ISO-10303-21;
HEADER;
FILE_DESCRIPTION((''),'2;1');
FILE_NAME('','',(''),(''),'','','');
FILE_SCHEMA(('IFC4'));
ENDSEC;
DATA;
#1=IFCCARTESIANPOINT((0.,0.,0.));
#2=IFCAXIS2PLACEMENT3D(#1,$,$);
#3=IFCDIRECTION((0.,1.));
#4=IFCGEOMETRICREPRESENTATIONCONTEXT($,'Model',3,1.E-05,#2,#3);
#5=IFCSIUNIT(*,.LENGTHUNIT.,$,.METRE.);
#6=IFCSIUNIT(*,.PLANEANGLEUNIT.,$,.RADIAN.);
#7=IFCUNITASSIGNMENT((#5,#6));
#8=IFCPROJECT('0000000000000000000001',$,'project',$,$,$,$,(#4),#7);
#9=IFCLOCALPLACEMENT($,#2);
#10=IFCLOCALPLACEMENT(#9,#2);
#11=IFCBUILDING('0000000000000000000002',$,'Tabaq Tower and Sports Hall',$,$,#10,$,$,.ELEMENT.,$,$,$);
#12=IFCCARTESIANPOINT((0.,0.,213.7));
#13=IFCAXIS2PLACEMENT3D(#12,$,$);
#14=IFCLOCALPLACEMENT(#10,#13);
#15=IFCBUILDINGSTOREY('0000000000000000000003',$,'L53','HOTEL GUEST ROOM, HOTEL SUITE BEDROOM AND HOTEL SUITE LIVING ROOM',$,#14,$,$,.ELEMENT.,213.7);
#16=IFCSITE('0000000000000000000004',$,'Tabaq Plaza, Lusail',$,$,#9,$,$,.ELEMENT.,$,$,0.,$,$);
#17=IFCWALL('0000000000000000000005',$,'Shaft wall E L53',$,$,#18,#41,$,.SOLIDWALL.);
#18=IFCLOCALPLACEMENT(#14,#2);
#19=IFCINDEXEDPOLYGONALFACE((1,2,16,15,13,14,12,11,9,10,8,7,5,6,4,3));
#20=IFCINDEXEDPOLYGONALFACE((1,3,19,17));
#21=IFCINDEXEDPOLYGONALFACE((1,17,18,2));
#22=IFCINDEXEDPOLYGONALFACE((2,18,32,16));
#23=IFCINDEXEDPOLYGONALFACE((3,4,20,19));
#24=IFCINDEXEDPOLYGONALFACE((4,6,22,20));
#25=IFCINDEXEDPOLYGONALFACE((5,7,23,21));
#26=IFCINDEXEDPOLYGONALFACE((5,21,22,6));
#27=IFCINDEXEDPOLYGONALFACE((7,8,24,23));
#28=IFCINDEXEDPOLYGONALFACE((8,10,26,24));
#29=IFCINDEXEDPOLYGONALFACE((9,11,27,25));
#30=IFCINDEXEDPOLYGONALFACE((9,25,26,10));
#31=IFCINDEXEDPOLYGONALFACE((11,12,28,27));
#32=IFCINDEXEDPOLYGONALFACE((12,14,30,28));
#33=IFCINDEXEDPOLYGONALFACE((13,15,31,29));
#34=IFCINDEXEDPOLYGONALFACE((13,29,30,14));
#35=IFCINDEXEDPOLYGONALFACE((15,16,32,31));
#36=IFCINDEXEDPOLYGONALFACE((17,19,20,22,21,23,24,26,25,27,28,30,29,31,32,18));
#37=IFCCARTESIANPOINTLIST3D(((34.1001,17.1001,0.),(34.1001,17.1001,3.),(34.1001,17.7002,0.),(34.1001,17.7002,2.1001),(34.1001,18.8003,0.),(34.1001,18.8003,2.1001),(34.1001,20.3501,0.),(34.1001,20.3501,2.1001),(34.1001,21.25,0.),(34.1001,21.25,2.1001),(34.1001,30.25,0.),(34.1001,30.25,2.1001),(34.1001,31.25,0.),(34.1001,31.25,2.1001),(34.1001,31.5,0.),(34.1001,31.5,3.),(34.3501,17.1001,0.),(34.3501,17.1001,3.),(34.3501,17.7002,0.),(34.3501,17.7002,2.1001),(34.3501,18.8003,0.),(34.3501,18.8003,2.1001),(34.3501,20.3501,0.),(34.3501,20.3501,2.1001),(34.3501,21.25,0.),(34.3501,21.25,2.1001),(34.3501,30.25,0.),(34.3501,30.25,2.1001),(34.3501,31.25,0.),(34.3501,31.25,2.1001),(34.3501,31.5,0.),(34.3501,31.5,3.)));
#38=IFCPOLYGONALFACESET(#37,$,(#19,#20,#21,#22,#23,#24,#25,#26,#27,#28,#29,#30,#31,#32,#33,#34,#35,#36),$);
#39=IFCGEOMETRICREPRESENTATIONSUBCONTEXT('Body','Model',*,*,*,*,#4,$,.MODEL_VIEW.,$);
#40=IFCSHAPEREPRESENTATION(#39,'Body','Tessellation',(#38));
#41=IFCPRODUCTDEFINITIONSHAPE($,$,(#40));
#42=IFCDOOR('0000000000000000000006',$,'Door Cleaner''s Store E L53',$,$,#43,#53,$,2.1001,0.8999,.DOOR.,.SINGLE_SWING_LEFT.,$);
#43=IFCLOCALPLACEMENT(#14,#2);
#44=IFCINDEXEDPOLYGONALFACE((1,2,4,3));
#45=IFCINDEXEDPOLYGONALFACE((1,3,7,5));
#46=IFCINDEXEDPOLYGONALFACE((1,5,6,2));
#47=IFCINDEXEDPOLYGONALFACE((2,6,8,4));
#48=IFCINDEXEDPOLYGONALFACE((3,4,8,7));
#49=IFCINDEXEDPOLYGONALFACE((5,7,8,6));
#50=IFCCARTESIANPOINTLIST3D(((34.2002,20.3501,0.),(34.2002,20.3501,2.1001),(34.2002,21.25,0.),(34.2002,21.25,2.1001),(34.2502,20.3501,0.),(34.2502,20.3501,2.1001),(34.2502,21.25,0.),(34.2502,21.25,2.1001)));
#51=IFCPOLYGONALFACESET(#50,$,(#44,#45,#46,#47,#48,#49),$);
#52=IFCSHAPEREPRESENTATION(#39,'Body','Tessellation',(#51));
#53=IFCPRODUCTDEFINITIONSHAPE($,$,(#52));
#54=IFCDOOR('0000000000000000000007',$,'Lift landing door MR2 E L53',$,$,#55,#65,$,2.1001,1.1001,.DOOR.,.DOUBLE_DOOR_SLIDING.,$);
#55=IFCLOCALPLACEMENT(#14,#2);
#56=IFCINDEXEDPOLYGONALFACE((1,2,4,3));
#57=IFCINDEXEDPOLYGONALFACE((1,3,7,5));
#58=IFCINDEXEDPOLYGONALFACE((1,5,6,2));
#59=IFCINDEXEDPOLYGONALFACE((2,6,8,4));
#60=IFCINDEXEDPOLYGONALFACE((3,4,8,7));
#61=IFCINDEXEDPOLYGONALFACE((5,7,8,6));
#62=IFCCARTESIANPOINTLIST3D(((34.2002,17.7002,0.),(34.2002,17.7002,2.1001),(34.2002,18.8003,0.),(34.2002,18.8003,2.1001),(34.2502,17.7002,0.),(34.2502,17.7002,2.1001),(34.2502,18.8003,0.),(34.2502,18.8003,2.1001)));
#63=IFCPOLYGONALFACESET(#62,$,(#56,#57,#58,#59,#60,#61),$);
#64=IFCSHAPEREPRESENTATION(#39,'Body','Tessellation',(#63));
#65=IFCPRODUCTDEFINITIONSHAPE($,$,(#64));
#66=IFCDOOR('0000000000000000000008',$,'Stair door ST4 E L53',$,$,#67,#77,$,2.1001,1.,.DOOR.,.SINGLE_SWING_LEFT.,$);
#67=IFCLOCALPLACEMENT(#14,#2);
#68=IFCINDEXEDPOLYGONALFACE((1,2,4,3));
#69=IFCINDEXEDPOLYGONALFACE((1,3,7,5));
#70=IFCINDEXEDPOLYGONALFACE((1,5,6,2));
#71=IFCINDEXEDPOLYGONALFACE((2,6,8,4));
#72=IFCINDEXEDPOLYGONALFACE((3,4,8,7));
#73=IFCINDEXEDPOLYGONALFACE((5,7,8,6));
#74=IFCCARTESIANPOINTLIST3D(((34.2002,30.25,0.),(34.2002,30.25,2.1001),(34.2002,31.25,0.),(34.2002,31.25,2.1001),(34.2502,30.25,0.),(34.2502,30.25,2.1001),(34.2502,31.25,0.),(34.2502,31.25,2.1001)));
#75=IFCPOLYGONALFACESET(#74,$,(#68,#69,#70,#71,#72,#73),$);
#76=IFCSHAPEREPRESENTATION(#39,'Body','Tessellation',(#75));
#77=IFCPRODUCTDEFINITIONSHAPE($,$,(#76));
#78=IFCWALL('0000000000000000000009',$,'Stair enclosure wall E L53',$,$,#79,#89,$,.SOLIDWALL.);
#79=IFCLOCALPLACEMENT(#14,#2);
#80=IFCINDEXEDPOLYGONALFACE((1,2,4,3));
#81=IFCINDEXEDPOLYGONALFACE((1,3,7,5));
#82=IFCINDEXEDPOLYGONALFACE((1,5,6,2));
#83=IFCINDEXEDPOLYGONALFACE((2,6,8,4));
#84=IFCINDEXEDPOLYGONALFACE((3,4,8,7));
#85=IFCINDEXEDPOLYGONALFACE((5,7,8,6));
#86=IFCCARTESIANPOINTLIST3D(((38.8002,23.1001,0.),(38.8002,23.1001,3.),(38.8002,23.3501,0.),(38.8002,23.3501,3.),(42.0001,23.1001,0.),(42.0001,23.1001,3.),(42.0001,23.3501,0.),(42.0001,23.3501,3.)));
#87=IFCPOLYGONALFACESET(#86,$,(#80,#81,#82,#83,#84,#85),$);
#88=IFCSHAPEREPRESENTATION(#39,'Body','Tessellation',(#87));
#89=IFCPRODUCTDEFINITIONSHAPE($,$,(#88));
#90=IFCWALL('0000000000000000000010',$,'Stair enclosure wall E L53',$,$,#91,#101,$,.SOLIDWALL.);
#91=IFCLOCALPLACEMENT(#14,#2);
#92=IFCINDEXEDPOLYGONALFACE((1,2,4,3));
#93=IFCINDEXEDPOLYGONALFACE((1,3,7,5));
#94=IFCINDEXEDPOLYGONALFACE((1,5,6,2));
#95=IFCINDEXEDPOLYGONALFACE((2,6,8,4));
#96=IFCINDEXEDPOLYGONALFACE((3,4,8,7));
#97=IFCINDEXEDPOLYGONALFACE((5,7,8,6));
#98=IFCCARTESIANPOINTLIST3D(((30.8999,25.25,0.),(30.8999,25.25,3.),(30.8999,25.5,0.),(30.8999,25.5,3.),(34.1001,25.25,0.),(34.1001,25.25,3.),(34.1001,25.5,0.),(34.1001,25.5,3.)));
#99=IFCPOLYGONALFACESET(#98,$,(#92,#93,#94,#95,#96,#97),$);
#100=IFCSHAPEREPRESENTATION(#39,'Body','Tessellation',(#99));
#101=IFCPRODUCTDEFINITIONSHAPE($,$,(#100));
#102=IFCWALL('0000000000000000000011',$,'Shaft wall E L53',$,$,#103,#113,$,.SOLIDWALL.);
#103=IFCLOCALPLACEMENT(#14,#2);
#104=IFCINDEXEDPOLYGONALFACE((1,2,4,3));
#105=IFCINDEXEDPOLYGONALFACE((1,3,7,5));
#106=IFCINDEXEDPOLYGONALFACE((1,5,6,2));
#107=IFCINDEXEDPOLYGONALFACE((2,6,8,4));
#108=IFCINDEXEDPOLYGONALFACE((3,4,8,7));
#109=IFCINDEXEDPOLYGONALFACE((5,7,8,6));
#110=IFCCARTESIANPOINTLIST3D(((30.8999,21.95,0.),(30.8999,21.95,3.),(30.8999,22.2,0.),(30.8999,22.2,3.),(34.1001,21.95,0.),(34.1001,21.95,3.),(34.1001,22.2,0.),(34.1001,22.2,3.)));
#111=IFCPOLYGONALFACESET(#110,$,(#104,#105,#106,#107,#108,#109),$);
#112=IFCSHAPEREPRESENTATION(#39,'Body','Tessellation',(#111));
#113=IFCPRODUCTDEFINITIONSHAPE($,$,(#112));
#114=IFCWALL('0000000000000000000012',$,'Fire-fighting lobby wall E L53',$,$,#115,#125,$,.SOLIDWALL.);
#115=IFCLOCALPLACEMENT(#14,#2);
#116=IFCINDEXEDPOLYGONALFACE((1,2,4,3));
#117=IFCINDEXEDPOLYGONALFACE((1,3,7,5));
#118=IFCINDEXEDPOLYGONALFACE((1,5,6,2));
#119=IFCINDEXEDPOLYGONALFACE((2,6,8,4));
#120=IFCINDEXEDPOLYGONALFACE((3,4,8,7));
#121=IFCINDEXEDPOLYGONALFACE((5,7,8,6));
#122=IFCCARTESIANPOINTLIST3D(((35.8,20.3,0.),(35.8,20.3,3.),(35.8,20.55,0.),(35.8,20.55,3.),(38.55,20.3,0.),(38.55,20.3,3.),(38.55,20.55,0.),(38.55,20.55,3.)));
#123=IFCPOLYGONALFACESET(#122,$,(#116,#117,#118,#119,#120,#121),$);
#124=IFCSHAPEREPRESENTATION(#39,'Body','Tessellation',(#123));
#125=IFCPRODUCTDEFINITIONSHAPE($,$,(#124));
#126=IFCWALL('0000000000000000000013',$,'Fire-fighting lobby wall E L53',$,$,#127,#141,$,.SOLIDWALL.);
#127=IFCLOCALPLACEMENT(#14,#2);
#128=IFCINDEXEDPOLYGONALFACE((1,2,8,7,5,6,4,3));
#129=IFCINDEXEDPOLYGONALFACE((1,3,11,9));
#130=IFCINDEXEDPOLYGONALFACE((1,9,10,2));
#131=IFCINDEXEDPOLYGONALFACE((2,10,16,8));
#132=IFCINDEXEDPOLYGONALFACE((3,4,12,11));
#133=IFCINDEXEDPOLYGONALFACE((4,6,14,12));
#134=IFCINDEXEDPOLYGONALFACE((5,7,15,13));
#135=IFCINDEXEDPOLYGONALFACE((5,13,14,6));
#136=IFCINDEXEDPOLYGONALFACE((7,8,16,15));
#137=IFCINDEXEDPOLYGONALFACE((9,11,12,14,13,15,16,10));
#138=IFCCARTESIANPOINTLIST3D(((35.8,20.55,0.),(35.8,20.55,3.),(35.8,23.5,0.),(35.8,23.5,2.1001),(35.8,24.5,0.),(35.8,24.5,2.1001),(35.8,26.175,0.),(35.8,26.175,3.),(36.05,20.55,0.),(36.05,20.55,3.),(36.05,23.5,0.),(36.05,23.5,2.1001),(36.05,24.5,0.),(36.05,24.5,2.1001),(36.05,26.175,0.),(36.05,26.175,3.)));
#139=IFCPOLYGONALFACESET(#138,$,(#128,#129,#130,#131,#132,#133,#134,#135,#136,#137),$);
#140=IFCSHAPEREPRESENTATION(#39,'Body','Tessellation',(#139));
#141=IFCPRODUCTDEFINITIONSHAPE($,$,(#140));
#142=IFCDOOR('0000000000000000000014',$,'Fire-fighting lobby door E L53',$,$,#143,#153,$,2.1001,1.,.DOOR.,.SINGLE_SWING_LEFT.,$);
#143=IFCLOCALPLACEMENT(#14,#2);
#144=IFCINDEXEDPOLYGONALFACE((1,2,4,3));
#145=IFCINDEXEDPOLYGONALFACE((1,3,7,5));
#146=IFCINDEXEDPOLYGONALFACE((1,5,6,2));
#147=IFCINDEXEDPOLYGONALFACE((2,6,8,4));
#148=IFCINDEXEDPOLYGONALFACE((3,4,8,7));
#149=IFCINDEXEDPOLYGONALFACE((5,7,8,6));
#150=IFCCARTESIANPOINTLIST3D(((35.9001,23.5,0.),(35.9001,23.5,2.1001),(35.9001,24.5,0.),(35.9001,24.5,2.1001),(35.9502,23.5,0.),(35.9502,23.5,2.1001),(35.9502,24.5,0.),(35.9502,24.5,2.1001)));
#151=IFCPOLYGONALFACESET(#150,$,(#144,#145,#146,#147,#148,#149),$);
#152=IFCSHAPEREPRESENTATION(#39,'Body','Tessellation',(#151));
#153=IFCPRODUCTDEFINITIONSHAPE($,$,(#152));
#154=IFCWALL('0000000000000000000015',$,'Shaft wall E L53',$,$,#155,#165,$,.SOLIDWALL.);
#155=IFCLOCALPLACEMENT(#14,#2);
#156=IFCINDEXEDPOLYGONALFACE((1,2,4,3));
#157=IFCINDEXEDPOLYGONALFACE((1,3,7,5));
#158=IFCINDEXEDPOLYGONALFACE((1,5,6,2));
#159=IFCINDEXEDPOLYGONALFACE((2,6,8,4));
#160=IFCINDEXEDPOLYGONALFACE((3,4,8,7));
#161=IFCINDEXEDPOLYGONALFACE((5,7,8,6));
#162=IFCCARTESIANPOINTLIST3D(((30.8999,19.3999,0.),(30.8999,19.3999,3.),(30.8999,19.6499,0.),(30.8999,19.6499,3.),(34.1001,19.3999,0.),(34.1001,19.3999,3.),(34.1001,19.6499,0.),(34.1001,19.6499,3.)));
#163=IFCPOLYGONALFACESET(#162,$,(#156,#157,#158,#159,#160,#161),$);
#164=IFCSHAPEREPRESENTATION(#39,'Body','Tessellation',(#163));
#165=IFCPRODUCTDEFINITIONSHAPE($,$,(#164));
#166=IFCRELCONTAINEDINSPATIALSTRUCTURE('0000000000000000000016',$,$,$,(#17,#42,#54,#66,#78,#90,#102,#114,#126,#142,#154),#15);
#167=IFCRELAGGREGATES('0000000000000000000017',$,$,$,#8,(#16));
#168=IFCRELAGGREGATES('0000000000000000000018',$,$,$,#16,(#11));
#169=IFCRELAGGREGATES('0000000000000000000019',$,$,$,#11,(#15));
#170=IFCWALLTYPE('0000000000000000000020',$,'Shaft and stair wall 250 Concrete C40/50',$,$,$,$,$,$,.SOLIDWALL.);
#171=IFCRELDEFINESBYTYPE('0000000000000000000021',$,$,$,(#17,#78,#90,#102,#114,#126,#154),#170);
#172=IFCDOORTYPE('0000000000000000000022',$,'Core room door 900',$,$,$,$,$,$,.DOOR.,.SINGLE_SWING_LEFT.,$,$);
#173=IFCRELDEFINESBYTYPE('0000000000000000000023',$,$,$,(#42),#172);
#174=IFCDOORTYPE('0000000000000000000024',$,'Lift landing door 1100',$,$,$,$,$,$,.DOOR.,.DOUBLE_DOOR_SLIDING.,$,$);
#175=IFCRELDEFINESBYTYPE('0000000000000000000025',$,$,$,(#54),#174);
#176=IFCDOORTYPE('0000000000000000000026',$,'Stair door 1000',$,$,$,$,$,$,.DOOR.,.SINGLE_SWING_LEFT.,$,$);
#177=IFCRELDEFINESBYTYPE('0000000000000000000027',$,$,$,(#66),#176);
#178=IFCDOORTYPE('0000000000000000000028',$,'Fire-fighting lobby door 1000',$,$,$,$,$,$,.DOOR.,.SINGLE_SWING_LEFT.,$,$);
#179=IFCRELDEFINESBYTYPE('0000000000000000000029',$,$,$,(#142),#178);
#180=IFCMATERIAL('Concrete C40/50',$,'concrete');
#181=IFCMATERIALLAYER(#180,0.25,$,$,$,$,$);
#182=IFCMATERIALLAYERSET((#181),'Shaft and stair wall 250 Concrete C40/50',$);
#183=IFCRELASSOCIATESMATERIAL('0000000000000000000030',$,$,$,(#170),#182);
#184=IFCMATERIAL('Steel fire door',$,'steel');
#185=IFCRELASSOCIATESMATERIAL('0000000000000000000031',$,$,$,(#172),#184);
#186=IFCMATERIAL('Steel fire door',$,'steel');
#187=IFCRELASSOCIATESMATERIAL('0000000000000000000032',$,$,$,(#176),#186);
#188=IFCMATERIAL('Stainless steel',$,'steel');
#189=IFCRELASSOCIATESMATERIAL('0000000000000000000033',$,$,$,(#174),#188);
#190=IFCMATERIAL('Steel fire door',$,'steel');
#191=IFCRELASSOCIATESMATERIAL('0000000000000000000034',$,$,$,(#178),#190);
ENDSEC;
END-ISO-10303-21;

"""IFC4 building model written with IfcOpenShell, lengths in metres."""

from ifc_helpers import new_model, si_unit, direction, frame, frame_2d, origin, place, context, subcontext, project, spatial, rectangle, extrude, material, layer, layer_set, type_object, element, fill, save


model = new_model("IFC4")

# Units and contexts
model_context = context("Model", 3, precision=1e-05, world=origin(), true_north=direction((0.0, 1.0)))
body_context = subcontext(model_context, "Body", "Model", "MODEL_VIEW")
ifc_project = project(units=[si_unit("LENGTHUNIT", "METRE"), si_unit("PLANEANGLEUNIT", "RADIAN")], contexts=[model_context])

# Site, building, storey
site_placement = place(None, origin())
site = spatial("IfcSite", under=ifc_project, at=site_placement, Name="Tabaq Plaza, Lusail", CompositionType="ELEMENT", RefElevation=0.0)
building_placement = place(site_placement, origin())
building = spatial("IfcBuilding", under=site, at=building_placement, Name="Tabaq Tower and Sports Hall", CompositionType="ELEMENT")
storey_placement = place(building_placement, frame((0.0, 0.0, 213.7)))
storey = spatial("IfcBuildingStorey", under=building, at=storey_placement, Name="L53", Description="HOTEL GUEST ROOM, HOTEL SUITE BEDROOM AND HOTEL SUITE LIVING ROOM", CompositionType="ELEMENT", Elevation=213.7)

# Wall, openings, doors
ifc_material_1 = material(Name="Concrete C40/50", Category="concrete")
ifc_layer_1 = layer(ifc_material_1, 0.25)
ifc_layer_set_1 = layer_set([ifc_layer_1], Name="Shaft and stair wall 250 Concrete C40/50")
wall_type_1 = type_object("IfcWallType", Name="Shaft and stair wall 250 Concrete C40/50", PredefinedType="SOLIDWALL", material=ifc_layer_set_1)
ifc_material_2 = material(Name="Steel fire door", Category="steel")
door_type_1 = type_object("IfcDoorType", Name="Core room door 900", OperationType="SINGLE_SWING_LEFT", PredefinedType="DOOR", material=ifc_material_2)
ifc_material_3 = material(Name="Steel fire door", Category="steel")
door_type_2 = type_object("IfcDoorType", Name="Stair door 1000", OperationType="SINGLE_SWING_LEFT", PredefinedType="DOOR", material=ifc_material_3)
wall_1_placement = place(storey_placement, frame((34.2251, 17.1001, 0.0), z_axis=(0.0, 0.0, 1.0), x_axis=(0.0, 1.0, 0.0)))
wall_1 = element("IfcWall", 1, at=wall_1_placement, inside=storey, type_object=wall_type_1, Name="Shaft wall E L53", PredefinedType="SOLIDWALL", context=body_context, shape_type="SweptSolid", body=[
    extrude(rectangle(XDim=14.3999, YDim=0.25, at=frame_2d((7.2, 0.0))), origin(), (0.0, 0.0, 1.0), 3.0),
])
opening_1_placement = place(wall_1_placement, frame((13.1499, 0.0, 0.0)))
opening_1 = element("IfcOpeningElement", 2, at=opening_1_placement, cuts=wall_1, PredefinedType="OPENING", context=body_context, shape_type="SweptSolid", body=[
    extrude(rectangle(XDim=1.0, YDim=2.1001, at=frame_2d((0.5, 1.05))), frame((0.0, 0.125, 0.0), z_axis=(0.0, -1.0, 0.0), x_axis=(1.0, 0.0, 0.0)), (0.0, 0.0, 1.0), 0.25),
])
opening_2_placement = place(wall_1_placement, frame((0.6001, 0.0, 0.0)))
opening_2 = element("IfcOpeningElement", 3, at=opening_2_placement, cuts=wall_1, PredefinedType="OPENING", context=body_context, shape_type="SweptSolid", body=[
    extrude(rectangle(XDim=1.1001, YDim=2.1001, at=frame_2d((0.55, 1.05))), frame((0.0, 0.125, 0.0), z_axis=(0.0, -1.0, 0.0), x_axis=(1.0, 0.0, 0.0)), (0.0, 0.0, 1.0), 0.25),
])
opening_3_placement = place(wall_1_placement, frame((3.25, 0.0, 0.0)))
opening_3 = element("IfcOpeningElement", 4, at=opening_3_placement, cuts=wall_1, PredefinedType="OPENING", context=body_context, shape_type="SweptSolid", body=[
    extrude(rectangle(XDim=0.8999, YDim=2.1001, at=frame_2d((0.45, 1.05))), frame((0.0, 0.125, 0.0), z_axis=(0.0, -1.0, 0.0), x_axis=(1.0, 0.0, 0.0)), (0.0, 0.0, 1.0), 0.25),
])
door_1_placement = place(opening_3_placement, origin())
door_1 = element("IfcDoor", 5, at=door_1_placement, inside=storey, type_object=door_type_1, Name="Door Cleaner's Store E L53", OperationType="SINGLE_SWING_LEFT", OverallHeight=2.1001, OverallWidth=0.8999, PredefinedType="DOOR", context=body_context, shape_type="SweptSolid", body=[
    extrude(rectangle(XDim=0.8999, YDim=2.1001, at=frame_2d((0.45, 1.05))), frame((0.0, 0.0249, 0.0), z_axis=(0.0, -1.0, 0.0), x_axis=(1.0, 0.0, 0.0)), (0.0, 0.0, 1.0), 0.05),
])
fill(opening_3, door_1)
ifc_material_4 = material(Name="Stainless steel", Category="steel")
door_type_3 = type_object("IfcDoorType", Name="Lift landing door 1100", OperationType="DOUBLE_DOOR_SLIDING", PredefinedType="DOOR", material=ifc_material_4)
door_2_placement = place(opening_2_placement, origin())
door_2 = element("IfcDoor", 6, at=door_2_placement, inside=storey, type_object=door_type_3, Name="Lift landing door MR2 E L53", OperationType="DOUBLE_DOOR_SLIDING", OverallHeight=2.1001, OverallWidth=1.1001, PredefinedType="DOOR", context=body_context, shape_type="SweptSolid", body=[
    extrude(rectangle(XDim=1.1001, YDim=2.1001, at=frame_2d((0.55, 1.05))), frame((0.0, 0.0249, 0.0), z_axis=(0.0, -1.0, 0.0), x_axis=(1.0, 0.0, 0.0)), (0.0, 0.0, 1.0), 0.05),
])
fill(opening_2, door_2)
door_3_placement = place(opening_1_placement, origin())
door_3 = element("IfcDoor", 7, at=door_3_placement, inside=storey, type_object=door_type_2, Name="Stair door ST4 E L53", OperationType="SINGLE_SWING_LEFT", OverallHeight=2.1001, OverallWidth=1.0, PredefinedType="DOOR", context=body_context, shape_type="SweptSolid", body=[
    extrude(rectangle(XDim=1.0, YDim=2.1001, at=frame_2d((0.5, 1.05))), frame((0.0, 0.0249, 0.0), z_axis=(0.0, -1.0, 0.0), x_axis=(1.0, 0.0, 0.0)), (0.0, 0.0, 1.0), 0.05),
])
fill(opening_1, door_3)

# Walls
wall_2_placement = place(storey_placement, frame((38.8, 23.2251, 0.0), z_axis=(0.0, 0.0, 1.0), x_axis=(1.0, 0.0, 0.0)))
element("IfcWall", 8, at=wall_2_placement, inside=storey, type_object=wall_type_1, Name="Stair enclosure wall E L53", PredefinedType="SOLIDWALL", context=body_context, shape_type="SweptSolid", body=[
    extrude(rectangle(XDim=3.2, YDim=0.25, at=frame_2d((1.6001, 0.0))), origin(), (0.0, 0.0, 1.0), 3.0),
])
for number, where, z_axis, x_axis, name in (
    (9, (30.8999, 25.375, 0.0), (0.0, 0.0, 1.0), (1.0, 0.0, 0.0), "Stair enclosure wall E L53"),
    (10, (30.8999, 22.075, 0.0), (0.0, 0.0, 1.0), (1.0, 0.0, 0.0), "Shaft wall E L53"),
):
    element("IfcWall", number, at=place(storey_placement, frame(where, z_axis=z_axis, x_axis=x_axis)), inside=storey, type_object=wall_type_1, Name=name, PredefinedType="SOLIDWALL", context=body_context, shape_type="SweptSolid", body=[
        extrude(rectangle(XDim=3.2002, YDim=0.25, at=frame_2d((1.6001, 0.0))), origin(), (0.0, 0.0, 1.0), 3.0),
    ])
wall_3_placement = place(storey_placement, frame((35.8, 20.425, 0.0), z_axis=(0.0, 0.0, 1.0), x_axis=(1.0, 0.0, 0.0)))
element("IfcWall", 11, at=wall_3_placement, inside=storey, type_object=wall_type_1, Name="Fire-fighting lobby wall E L53", PredefinedType="SOLIDWALL", context=body_context, shape_type="SweptSolid", body=[
    extrude(rectangle(XDim=2.75, YDim=0.25, at=frame_2d((1.375, 0.0))), origin(), (0.0, 0.0, 1.0), 3.0),
])

# Wall, opening, door
wall_4_placement = place(storey_placement, frame((35.925, 20.55, 0.0), z_axis=(0.0, 0.0, 1.0), x_axis=(0.0, 1.0, 0.0)))
wall_4 = element("IfcWall", 12, at=wall_4_placement, inside=storey, type_object=wall_type_1, Name="Fire-fighting lobby wall E L53", PredefinedType="SOLIDWALL", context=body_context, shape_type="SweptSolid", body=[
    extrude(rectangle(XDim=5.625, YDim=0.25, at=frame_2d((2.8125, 0.0))), origin(), (0.0, 0.0, 1.0), 3.0),
])
opening_4_placement = place(wall_4_placement, frame((2.95, 0.0, 0.0)))
opening_4 = element("IfcOpeningElement", 13, at=opening_4_placement, cuts=wall_4, PredefinedType="OPENING", context=body_context, shape_type="SweptSolid", body=[
    extrude(rectangle(XDim=1.0, YDim=2.1001, at=frame_2d((0.5, 1.05))), frame((0.0, 0.125, 0.0), z_axis=(0.0, -1.0, 0.0), x_axis=(1.0, 0.0, 0.0)), (0.0, 0.0, 1.0), 0.25),
])
ifc_material_5 = material(Name="Steel fire door", Category="steel")
door_type_4 = type_object("IfcDoorType", Name="Fire-fighting lobby door 1000", OperationType="SINGLE_SWING_LEFT", PredefinedType="DOOR", material=ifc_material_5)
door_4_placement = place(opening_4_placement, origin())
door_4 = element("IfcDoor", 14, at=door_4_placement, inside=storey, type_object=door_type_4, Name="Fire-fighting lobby door E L53", OperationType="SINGLE_SWING_LEFT", OverallHeight=2.1001, OverallWidth=1.0, PredefinedType="DOOR", context=body_context, shape_type="SweptSolid", body=[
    extrude(rectangle(XDim=1.0, YDim=2.1001, at=frame_2d((0.5, 1.05))), frame((0.0, 0.0249, 0.0), z_axis=(0.0, -1.0, 0.0), x_axis=(1.0, 0.0, 0.0)), (0.0, 0.0, 1.0), 0.05),
])
fill(opening_4, door_4)

# Wall
wall_5_placement = place(storey_placement, frame((30.8999, 19.5249, 0.0), z_axis=(0.0, 0.0, 1.0), x_axis=(1.0, 0.0, 0.0)))
element("IfcWall", 15, at=wall_5_placement, inside=storey, type_object=wall_type_1, Name="Shaft wall E L53", PredefinedType="SOLIDWALL", context=body_context, shape_type="SweptSolid", body=[
    extrude(rectangle(XDim=3.2002, YDim=0.25, at=frame_2d((1.6001, 0.0))), origin(), (0.0, 0.0, 1.0), 3.0),
])

save(model, "model.ifc")
